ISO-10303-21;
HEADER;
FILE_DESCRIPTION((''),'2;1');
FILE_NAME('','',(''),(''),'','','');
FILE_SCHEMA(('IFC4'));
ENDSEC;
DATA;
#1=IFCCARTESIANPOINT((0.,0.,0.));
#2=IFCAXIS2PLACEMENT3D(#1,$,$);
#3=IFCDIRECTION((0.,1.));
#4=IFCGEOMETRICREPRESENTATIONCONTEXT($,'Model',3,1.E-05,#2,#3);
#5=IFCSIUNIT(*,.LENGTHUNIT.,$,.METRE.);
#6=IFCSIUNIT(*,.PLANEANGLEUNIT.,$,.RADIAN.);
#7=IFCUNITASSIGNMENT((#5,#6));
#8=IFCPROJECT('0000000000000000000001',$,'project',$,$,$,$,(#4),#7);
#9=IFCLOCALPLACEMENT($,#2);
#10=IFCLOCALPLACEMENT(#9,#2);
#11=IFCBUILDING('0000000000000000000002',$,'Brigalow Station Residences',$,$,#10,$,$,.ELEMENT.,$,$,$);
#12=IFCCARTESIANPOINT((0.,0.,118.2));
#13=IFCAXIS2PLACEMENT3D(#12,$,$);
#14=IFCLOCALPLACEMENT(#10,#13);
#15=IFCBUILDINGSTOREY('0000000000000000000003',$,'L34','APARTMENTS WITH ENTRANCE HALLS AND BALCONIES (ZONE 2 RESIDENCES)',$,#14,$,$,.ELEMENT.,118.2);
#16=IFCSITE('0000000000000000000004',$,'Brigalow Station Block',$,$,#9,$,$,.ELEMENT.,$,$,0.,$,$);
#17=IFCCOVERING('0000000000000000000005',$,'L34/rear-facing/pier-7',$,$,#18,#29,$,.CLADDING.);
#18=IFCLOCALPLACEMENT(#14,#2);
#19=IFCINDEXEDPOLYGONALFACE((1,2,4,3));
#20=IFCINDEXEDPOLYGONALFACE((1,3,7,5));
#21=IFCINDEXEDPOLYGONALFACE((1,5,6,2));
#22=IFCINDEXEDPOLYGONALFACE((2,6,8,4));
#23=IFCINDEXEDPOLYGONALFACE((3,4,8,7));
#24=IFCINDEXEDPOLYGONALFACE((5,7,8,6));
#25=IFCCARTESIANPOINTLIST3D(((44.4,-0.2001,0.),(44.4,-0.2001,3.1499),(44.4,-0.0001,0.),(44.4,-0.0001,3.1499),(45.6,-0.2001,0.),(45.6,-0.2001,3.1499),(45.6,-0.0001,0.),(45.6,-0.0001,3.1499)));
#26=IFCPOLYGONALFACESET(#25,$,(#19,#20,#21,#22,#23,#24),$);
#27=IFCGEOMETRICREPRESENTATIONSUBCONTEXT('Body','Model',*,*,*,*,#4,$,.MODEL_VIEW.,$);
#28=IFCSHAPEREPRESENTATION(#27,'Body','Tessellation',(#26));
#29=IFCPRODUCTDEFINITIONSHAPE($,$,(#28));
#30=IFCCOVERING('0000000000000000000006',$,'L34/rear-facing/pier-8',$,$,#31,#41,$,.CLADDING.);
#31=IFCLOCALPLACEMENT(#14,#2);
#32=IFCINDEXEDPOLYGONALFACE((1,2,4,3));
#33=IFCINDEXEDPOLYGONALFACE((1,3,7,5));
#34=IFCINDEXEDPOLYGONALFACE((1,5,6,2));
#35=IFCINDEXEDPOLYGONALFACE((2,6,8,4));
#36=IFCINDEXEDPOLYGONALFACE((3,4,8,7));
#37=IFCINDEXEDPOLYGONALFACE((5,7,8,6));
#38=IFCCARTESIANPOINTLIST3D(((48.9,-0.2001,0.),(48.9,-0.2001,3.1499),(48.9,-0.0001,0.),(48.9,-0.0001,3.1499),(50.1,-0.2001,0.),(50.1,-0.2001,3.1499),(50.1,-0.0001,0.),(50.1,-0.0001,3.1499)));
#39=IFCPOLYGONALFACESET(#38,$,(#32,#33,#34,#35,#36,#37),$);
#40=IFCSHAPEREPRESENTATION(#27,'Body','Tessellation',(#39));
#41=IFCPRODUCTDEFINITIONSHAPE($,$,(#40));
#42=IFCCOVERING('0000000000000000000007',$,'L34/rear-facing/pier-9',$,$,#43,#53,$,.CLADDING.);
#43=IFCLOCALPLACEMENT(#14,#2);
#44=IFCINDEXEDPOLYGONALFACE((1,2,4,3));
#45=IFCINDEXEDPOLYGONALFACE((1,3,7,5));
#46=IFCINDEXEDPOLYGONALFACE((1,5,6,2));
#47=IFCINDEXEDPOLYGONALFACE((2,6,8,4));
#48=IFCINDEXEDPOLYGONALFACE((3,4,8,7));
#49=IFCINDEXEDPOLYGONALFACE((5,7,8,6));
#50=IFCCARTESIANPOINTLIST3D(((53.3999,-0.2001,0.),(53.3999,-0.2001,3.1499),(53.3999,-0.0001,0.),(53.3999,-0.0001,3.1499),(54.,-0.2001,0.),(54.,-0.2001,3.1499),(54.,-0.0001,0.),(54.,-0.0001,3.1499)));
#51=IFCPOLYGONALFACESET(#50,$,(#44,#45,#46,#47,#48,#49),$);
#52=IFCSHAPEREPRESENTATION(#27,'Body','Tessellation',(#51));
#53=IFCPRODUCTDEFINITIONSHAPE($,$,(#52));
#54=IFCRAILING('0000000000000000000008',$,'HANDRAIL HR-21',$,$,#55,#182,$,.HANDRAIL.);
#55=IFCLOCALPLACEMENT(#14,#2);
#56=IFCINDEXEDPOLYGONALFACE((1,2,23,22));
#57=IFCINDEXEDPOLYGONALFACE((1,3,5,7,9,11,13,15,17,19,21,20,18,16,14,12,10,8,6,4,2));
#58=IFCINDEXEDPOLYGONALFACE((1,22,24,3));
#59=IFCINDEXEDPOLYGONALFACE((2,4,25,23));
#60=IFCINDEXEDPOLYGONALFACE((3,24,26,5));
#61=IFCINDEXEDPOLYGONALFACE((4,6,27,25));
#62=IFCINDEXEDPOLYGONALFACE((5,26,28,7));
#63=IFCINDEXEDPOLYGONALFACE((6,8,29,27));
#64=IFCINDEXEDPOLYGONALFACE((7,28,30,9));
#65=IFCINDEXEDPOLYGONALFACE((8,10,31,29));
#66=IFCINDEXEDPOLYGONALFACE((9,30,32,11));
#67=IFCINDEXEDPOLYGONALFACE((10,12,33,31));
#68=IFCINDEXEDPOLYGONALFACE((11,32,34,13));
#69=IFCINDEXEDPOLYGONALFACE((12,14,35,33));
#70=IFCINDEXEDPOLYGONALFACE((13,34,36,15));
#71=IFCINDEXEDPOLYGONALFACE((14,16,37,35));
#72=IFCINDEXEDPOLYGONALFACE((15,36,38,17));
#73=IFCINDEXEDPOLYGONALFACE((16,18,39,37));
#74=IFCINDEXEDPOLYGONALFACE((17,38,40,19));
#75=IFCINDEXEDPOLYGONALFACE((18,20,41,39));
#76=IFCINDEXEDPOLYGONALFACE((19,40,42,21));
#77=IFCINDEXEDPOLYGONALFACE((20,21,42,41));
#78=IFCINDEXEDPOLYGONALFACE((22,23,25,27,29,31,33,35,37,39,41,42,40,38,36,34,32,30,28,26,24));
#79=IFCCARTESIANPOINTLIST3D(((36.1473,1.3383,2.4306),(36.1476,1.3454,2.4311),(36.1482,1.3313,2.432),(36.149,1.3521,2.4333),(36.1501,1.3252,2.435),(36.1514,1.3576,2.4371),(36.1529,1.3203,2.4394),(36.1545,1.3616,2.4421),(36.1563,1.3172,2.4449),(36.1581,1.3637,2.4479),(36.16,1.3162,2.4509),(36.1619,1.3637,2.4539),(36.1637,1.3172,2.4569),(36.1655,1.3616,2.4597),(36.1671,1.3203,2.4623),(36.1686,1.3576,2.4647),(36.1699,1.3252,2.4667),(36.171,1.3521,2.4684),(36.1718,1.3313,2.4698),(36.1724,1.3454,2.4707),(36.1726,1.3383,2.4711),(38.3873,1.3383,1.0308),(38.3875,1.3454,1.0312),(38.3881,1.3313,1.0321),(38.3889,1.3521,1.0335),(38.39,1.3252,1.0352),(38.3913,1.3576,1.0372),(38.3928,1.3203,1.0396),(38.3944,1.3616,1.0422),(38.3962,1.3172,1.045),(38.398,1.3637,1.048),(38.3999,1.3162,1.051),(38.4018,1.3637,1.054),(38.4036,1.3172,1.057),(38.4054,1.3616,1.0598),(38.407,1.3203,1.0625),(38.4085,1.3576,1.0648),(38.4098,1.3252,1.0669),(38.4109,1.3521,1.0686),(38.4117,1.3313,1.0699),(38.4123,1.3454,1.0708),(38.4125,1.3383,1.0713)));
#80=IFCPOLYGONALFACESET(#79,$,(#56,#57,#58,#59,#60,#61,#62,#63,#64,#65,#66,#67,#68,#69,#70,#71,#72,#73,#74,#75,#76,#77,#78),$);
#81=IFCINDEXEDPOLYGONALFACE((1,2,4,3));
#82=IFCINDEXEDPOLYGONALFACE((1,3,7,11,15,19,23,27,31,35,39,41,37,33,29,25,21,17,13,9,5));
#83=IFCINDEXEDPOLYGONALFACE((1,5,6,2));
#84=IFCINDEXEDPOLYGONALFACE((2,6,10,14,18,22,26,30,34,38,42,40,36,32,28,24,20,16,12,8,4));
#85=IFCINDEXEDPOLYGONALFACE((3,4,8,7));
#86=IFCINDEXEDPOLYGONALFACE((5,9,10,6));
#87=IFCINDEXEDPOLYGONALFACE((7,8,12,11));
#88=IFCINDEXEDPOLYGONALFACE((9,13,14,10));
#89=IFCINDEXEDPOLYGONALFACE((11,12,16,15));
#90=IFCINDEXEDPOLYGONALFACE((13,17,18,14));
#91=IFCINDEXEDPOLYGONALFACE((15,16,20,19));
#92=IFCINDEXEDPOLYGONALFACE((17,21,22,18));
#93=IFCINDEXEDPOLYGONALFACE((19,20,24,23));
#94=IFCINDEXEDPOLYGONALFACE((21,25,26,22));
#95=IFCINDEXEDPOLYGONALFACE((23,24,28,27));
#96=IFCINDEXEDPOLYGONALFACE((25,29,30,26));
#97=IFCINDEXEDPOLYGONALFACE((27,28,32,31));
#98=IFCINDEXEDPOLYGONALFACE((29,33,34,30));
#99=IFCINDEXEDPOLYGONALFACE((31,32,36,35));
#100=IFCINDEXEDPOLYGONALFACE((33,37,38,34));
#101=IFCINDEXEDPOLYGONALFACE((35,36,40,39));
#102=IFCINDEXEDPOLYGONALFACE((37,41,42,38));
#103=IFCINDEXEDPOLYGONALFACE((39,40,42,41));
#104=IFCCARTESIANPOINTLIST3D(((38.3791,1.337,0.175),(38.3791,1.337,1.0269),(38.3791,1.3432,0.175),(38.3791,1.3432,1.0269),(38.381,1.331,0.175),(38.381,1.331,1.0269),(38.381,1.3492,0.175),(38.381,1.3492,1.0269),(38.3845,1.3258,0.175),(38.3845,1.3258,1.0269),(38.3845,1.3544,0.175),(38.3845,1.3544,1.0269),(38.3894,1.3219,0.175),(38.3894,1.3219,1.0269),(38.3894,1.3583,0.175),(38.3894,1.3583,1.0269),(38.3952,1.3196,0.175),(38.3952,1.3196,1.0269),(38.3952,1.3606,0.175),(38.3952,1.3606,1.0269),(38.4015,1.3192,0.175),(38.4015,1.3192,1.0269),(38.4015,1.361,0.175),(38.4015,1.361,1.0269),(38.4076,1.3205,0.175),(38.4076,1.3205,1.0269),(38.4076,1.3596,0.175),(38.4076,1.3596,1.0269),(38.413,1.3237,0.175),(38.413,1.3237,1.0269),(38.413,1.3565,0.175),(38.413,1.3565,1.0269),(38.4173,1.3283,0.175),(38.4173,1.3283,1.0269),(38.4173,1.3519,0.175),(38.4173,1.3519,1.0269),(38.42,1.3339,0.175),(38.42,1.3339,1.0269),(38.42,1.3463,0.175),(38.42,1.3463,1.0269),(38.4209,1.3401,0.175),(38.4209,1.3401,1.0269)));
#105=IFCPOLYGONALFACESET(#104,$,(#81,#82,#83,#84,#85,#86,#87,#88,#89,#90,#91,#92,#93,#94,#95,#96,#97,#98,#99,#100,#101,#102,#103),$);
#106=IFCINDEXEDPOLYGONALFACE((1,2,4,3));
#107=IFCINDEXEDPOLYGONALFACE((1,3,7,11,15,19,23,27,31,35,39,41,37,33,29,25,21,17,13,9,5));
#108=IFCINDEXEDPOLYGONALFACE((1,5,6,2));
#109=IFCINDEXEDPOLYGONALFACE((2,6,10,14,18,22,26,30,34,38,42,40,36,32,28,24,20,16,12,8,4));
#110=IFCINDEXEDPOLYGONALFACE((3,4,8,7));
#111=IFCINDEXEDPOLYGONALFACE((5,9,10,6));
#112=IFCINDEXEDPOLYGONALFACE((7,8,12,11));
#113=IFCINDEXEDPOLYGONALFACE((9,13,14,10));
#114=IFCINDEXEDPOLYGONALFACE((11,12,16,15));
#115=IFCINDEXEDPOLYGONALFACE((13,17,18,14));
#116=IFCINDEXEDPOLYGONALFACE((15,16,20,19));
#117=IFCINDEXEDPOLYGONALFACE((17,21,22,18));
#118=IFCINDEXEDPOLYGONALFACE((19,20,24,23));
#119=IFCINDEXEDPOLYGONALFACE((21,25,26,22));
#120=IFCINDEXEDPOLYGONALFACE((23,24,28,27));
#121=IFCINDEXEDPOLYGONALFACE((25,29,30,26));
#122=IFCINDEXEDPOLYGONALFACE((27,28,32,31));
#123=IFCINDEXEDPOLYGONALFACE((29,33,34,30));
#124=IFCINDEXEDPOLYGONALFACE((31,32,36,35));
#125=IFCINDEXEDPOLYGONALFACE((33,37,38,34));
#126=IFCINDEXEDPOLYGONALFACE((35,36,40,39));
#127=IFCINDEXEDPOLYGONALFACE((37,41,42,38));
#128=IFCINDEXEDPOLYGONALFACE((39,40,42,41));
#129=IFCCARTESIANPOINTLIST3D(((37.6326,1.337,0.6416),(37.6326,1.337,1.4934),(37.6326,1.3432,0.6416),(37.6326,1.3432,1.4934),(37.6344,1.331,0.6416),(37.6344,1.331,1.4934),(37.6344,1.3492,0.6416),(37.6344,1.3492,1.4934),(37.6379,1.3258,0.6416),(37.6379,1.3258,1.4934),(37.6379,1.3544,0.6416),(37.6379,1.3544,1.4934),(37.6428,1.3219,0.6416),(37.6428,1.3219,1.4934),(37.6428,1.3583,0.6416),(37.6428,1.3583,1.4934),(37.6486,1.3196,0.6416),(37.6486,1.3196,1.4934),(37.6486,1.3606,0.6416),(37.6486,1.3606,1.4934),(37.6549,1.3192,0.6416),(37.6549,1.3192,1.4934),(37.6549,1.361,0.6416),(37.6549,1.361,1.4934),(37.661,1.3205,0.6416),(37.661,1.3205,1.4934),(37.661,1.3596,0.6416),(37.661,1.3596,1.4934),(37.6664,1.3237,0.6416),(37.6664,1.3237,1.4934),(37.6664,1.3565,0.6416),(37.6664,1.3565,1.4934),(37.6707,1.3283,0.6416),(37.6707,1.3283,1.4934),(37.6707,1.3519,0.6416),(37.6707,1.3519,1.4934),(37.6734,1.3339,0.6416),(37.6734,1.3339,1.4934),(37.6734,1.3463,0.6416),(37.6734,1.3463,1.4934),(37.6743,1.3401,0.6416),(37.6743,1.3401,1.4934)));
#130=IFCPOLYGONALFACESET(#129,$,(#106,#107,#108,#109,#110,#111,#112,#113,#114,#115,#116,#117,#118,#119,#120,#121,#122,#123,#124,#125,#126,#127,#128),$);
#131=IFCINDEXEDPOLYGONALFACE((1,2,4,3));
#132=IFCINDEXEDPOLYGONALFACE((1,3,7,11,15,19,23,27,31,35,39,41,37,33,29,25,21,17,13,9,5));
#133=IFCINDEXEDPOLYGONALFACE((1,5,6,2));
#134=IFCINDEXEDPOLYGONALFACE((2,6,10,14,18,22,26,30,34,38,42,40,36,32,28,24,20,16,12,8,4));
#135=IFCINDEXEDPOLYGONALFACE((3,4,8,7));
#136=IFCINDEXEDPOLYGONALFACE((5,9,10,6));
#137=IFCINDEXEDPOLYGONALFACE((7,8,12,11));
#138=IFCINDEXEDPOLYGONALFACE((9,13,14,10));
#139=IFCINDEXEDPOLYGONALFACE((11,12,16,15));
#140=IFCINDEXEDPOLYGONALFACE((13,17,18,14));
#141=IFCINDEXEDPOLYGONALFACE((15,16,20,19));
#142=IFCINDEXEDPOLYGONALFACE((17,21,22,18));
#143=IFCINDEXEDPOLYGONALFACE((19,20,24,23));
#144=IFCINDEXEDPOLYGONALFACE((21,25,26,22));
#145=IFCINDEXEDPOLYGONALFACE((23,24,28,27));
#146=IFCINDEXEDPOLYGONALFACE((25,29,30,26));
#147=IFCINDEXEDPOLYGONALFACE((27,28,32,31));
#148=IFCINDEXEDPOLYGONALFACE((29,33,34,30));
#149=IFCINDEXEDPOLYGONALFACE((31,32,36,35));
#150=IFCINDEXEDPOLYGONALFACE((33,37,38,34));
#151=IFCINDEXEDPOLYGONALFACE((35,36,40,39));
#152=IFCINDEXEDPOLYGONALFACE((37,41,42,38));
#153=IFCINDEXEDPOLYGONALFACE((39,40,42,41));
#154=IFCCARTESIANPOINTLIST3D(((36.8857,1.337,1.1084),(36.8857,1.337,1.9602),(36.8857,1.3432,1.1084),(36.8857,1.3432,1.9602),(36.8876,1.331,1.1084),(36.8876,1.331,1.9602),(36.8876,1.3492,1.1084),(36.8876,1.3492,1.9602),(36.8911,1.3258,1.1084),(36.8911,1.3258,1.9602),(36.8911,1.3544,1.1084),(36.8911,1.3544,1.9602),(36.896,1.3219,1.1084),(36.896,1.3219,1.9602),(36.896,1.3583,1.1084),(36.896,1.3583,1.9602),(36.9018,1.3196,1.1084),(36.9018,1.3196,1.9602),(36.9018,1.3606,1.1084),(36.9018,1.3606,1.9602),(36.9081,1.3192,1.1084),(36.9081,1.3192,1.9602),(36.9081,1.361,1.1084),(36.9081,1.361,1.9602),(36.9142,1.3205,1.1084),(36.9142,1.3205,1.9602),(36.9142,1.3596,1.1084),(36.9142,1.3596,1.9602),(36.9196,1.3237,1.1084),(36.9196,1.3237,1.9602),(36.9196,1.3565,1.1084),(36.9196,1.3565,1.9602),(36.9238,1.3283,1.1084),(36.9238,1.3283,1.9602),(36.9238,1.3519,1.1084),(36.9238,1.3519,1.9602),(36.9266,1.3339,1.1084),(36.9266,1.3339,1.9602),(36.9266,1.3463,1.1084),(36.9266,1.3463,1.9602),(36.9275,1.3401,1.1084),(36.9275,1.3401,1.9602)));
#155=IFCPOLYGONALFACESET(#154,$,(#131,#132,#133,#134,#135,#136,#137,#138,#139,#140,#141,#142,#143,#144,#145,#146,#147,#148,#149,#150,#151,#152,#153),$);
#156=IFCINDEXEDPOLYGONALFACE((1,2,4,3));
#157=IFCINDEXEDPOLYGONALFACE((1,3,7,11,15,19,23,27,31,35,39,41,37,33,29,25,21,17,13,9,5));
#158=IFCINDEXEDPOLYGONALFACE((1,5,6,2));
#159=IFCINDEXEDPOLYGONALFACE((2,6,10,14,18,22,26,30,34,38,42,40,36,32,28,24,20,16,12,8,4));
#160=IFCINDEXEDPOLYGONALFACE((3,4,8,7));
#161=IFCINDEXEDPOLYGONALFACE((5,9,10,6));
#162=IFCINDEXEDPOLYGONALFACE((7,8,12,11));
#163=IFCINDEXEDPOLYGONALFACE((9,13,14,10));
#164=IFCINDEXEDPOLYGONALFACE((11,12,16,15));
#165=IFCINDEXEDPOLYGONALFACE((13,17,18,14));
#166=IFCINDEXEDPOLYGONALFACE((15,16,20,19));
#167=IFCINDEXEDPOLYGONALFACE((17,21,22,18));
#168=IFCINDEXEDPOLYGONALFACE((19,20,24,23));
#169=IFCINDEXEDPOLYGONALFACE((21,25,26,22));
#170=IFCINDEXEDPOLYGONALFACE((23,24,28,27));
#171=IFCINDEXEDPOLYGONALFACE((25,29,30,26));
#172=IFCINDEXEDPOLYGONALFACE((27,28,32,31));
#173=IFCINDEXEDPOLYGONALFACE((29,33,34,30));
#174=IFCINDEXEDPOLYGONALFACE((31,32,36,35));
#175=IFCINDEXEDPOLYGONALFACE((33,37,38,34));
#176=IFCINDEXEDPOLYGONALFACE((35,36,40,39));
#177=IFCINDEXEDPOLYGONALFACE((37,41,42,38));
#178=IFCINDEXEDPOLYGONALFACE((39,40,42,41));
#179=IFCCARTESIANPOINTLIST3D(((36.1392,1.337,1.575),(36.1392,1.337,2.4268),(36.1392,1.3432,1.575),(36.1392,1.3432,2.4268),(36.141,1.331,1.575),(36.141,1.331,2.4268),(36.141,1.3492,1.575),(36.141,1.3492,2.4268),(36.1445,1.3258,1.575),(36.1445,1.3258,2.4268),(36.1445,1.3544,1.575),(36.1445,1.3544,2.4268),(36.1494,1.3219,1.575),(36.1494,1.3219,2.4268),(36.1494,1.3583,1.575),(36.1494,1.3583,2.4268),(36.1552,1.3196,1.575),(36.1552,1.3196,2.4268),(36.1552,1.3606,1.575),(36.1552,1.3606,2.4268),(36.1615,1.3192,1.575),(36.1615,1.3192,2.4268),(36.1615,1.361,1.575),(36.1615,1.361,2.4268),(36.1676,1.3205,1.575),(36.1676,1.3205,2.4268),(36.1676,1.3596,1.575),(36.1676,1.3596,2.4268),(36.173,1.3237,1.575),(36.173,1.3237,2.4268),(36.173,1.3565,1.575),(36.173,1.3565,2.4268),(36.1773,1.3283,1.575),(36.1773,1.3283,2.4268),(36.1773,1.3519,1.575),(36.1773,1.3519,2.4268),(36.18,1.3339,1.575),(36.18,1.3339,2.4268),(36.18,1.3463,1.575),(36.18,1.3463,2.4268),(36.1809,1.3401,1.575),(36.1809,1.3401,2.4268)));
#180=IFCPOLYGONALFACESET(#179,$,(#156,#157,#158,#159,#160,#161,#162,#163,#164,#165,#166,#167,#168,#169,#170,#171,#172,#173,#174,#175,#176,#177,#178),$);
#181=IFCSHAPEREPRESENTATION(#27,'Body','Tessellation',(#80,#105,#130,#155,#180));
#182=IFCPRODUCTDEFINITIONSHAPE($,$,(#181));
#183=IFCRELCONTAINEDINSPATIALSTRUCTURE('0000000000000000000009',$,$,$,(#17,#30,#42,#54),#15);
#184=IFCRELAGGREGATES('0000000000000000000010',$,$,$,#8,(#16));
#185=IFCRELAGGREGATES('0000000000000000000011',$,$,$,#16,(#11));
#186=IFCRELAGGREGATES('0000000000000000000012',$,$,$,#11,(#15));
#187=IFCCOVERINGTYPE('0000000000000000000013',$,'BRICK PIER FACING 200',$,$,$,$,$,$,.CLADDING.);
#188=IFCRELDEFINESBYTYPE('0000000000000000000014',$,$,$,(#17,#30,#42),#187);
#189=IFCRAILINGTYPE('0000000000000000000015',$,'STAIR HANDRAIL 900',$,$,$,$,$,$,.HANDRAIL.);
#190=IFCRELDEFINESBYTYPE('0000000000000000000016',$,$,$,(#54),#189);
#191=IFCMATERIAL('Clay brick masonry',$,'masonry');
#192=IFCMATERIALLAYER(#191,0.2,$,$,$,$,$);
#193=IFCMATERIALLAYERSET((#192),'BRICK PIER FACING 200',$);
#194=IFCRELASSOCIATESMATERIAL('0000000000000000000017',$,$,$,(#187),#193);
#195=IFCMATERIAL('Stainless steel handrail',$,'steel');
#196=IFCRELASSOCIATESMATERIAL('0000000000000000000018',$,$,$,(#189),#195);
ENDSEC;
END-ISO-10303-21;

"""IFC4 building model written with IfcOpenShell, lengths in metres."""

from ifc_helpers import new_model, si_unit, direction, frame, origin, origin_2d, place, context, subcontext, project, spatial, rectangle, circle, extrude, material, layer, layer_set, type_object, element, save


model = new_model("IFC4")

# Units and contexts
model_context = context("Model", 3, precision=1e-05, world=origin(), true_north=direction((0.0, 1.0)))
body_context = subcontext(model_context, "Body", "Model", "MODEL_VIEW")
ifc_project = project(units=[si_unit("LENGTHUNIT", "METRE"), si_unit("PLANEANGLEUNIT", "RADIAN")], contexts=[model_context])

# Site, building, storey
site_placement = place(None, origin())
site = spatial("IfcSite", under=ifc_project, at=site_placement, Name="Brigalow Station Block", CompositionType="ELEMENT", RefElevation=0.0)
building_placement = place(site_placement, origin())
building = spatial("IfcBuilding", under=site, at=building_placement, Name="Brigalow Station Residences", CompositionType="ELEMENT")
storey_placement = place(building_placement, frame((0.0, 0.0, 118.2)))
storey = spatial("IfcBuildingStorey", under=building, at=storey_placement, Name="L34", Description="APARTMENTS WITH ENTRANCE HALLS AND BALCONIES (ZONE 2 RESIDENCES)", CompositionType="ELEMENT", Elevation=118.2)

# Coverings
ifc_material_1 = material(Name="Clay brick masonry", Category="masonry")
ifc_layer_1 = layer(ifc_material_1, 0.2)
ifc_layer_set_1 = layer_set([ifc_layer_1], Name="BRICK PIER FACING 200")
covering_type_1 = type_object("IfcCoveringType", Name="BRICK PIER FACING 200", PredefinedType="CLADDING", material=ifc_layer_set_1)
for number, where, z_axis, x_axis, name in (
    (1, (45.0, -0.1001, 0.0), (0.0, 0.0, 1.0), (1.0, 0.0, 0.0), "L34/rear-facing/pier-7"),
    (2, (49.5, -0.1001, 0.0), (0.0, 0.0, 1.0), (1.0, 0.0, 0.0), "L34/rear-facing/pier-8"),
):
    element("IfcCovering", number, at=place(storey_placement, frame(where, z_axis=z_axis, x_axis=x_axis)), inside=storey, type_object=covering_type_1, Name=name, PredefinedType="CLADDING", context=body_context, shape_type="SweptSolid", body=[
        extrude(rectangle(XDim=1.2, YDim=0.2, at=origin_2d()), origin(), (0.0, 0.0, 1.0), 3.1499),
    ])
covering_placement = place(storey_placement, frame((53.7, -0.1001, 0.0), z_axis=(0.0, 0.0, 1.0), x_axis=(1.0, 0.0, 0.0)))
element("IfcCovering", 3, at=covering_placement, inside=storey, type_object=covering_type_1, Name="L34/rear-facing/pier-9", PredefinedType="CLADDING", context=body_context, shape_type="SweptSolid", body=[
    extrude(rectangle(XDim=0.6001, YDim=0.2, at=origin_2d()), origin(), (0.0, 0.0, 1.0), 3.1499),
])

# Railing
ifc_material_2 = material(Name="Stainless steel handrail", Category="steel")
railing_type_1 = type_object("IfcRailingType", Name="STAIR HANDRAIL 900", PredefinedType="HANDRAIL", material=ifc_material_2)
railing_1_placement = place(storey_placement, frame((38.3999, 1.3401, 0.175)))
element("IfcRailing", 4, at=railing_1_placement, inside=storey, type_object=railing_type_1, Name="HANDRAIL HR-21", PredefinedType="HANDRAIL", context=body_context, shape_type="SweptSolid", body=[
    extrude(circle(Radius=0.0239, at=origin_2d()), frame((0.0, 0.0, 0.876), z_axis=(-0.848014, 0.0, 0.529974), x_axis=(0.0, -1.0, 0.0)), (0.0, 0.0, 1.0), 2.6414),
    extrude(circle(Radius=0.021, at=origin_2d()), origin(), (0.0, 0.0, 1.0), 0.8518),
    extrude(circle(Radius=0.021, at=origin_2d()), frame((-0.7466, 0.0, 0.4666)), (0.0, 0.0, 1.0), 0.8518),
    extrude(circle(Radius=0.021, at=origin_2d()), frame((-1.4934, 0.0, 0.9333)), (0.0, 0.0, 1.0), 0.8518),
    extrude(circle(Radius=0.021, at=origin_2d()), frame((-2.24, 0.0, 1.3999)), (0.0, 0.0, 1.0), 0.8518),
])

save(model, "model.ifc")
